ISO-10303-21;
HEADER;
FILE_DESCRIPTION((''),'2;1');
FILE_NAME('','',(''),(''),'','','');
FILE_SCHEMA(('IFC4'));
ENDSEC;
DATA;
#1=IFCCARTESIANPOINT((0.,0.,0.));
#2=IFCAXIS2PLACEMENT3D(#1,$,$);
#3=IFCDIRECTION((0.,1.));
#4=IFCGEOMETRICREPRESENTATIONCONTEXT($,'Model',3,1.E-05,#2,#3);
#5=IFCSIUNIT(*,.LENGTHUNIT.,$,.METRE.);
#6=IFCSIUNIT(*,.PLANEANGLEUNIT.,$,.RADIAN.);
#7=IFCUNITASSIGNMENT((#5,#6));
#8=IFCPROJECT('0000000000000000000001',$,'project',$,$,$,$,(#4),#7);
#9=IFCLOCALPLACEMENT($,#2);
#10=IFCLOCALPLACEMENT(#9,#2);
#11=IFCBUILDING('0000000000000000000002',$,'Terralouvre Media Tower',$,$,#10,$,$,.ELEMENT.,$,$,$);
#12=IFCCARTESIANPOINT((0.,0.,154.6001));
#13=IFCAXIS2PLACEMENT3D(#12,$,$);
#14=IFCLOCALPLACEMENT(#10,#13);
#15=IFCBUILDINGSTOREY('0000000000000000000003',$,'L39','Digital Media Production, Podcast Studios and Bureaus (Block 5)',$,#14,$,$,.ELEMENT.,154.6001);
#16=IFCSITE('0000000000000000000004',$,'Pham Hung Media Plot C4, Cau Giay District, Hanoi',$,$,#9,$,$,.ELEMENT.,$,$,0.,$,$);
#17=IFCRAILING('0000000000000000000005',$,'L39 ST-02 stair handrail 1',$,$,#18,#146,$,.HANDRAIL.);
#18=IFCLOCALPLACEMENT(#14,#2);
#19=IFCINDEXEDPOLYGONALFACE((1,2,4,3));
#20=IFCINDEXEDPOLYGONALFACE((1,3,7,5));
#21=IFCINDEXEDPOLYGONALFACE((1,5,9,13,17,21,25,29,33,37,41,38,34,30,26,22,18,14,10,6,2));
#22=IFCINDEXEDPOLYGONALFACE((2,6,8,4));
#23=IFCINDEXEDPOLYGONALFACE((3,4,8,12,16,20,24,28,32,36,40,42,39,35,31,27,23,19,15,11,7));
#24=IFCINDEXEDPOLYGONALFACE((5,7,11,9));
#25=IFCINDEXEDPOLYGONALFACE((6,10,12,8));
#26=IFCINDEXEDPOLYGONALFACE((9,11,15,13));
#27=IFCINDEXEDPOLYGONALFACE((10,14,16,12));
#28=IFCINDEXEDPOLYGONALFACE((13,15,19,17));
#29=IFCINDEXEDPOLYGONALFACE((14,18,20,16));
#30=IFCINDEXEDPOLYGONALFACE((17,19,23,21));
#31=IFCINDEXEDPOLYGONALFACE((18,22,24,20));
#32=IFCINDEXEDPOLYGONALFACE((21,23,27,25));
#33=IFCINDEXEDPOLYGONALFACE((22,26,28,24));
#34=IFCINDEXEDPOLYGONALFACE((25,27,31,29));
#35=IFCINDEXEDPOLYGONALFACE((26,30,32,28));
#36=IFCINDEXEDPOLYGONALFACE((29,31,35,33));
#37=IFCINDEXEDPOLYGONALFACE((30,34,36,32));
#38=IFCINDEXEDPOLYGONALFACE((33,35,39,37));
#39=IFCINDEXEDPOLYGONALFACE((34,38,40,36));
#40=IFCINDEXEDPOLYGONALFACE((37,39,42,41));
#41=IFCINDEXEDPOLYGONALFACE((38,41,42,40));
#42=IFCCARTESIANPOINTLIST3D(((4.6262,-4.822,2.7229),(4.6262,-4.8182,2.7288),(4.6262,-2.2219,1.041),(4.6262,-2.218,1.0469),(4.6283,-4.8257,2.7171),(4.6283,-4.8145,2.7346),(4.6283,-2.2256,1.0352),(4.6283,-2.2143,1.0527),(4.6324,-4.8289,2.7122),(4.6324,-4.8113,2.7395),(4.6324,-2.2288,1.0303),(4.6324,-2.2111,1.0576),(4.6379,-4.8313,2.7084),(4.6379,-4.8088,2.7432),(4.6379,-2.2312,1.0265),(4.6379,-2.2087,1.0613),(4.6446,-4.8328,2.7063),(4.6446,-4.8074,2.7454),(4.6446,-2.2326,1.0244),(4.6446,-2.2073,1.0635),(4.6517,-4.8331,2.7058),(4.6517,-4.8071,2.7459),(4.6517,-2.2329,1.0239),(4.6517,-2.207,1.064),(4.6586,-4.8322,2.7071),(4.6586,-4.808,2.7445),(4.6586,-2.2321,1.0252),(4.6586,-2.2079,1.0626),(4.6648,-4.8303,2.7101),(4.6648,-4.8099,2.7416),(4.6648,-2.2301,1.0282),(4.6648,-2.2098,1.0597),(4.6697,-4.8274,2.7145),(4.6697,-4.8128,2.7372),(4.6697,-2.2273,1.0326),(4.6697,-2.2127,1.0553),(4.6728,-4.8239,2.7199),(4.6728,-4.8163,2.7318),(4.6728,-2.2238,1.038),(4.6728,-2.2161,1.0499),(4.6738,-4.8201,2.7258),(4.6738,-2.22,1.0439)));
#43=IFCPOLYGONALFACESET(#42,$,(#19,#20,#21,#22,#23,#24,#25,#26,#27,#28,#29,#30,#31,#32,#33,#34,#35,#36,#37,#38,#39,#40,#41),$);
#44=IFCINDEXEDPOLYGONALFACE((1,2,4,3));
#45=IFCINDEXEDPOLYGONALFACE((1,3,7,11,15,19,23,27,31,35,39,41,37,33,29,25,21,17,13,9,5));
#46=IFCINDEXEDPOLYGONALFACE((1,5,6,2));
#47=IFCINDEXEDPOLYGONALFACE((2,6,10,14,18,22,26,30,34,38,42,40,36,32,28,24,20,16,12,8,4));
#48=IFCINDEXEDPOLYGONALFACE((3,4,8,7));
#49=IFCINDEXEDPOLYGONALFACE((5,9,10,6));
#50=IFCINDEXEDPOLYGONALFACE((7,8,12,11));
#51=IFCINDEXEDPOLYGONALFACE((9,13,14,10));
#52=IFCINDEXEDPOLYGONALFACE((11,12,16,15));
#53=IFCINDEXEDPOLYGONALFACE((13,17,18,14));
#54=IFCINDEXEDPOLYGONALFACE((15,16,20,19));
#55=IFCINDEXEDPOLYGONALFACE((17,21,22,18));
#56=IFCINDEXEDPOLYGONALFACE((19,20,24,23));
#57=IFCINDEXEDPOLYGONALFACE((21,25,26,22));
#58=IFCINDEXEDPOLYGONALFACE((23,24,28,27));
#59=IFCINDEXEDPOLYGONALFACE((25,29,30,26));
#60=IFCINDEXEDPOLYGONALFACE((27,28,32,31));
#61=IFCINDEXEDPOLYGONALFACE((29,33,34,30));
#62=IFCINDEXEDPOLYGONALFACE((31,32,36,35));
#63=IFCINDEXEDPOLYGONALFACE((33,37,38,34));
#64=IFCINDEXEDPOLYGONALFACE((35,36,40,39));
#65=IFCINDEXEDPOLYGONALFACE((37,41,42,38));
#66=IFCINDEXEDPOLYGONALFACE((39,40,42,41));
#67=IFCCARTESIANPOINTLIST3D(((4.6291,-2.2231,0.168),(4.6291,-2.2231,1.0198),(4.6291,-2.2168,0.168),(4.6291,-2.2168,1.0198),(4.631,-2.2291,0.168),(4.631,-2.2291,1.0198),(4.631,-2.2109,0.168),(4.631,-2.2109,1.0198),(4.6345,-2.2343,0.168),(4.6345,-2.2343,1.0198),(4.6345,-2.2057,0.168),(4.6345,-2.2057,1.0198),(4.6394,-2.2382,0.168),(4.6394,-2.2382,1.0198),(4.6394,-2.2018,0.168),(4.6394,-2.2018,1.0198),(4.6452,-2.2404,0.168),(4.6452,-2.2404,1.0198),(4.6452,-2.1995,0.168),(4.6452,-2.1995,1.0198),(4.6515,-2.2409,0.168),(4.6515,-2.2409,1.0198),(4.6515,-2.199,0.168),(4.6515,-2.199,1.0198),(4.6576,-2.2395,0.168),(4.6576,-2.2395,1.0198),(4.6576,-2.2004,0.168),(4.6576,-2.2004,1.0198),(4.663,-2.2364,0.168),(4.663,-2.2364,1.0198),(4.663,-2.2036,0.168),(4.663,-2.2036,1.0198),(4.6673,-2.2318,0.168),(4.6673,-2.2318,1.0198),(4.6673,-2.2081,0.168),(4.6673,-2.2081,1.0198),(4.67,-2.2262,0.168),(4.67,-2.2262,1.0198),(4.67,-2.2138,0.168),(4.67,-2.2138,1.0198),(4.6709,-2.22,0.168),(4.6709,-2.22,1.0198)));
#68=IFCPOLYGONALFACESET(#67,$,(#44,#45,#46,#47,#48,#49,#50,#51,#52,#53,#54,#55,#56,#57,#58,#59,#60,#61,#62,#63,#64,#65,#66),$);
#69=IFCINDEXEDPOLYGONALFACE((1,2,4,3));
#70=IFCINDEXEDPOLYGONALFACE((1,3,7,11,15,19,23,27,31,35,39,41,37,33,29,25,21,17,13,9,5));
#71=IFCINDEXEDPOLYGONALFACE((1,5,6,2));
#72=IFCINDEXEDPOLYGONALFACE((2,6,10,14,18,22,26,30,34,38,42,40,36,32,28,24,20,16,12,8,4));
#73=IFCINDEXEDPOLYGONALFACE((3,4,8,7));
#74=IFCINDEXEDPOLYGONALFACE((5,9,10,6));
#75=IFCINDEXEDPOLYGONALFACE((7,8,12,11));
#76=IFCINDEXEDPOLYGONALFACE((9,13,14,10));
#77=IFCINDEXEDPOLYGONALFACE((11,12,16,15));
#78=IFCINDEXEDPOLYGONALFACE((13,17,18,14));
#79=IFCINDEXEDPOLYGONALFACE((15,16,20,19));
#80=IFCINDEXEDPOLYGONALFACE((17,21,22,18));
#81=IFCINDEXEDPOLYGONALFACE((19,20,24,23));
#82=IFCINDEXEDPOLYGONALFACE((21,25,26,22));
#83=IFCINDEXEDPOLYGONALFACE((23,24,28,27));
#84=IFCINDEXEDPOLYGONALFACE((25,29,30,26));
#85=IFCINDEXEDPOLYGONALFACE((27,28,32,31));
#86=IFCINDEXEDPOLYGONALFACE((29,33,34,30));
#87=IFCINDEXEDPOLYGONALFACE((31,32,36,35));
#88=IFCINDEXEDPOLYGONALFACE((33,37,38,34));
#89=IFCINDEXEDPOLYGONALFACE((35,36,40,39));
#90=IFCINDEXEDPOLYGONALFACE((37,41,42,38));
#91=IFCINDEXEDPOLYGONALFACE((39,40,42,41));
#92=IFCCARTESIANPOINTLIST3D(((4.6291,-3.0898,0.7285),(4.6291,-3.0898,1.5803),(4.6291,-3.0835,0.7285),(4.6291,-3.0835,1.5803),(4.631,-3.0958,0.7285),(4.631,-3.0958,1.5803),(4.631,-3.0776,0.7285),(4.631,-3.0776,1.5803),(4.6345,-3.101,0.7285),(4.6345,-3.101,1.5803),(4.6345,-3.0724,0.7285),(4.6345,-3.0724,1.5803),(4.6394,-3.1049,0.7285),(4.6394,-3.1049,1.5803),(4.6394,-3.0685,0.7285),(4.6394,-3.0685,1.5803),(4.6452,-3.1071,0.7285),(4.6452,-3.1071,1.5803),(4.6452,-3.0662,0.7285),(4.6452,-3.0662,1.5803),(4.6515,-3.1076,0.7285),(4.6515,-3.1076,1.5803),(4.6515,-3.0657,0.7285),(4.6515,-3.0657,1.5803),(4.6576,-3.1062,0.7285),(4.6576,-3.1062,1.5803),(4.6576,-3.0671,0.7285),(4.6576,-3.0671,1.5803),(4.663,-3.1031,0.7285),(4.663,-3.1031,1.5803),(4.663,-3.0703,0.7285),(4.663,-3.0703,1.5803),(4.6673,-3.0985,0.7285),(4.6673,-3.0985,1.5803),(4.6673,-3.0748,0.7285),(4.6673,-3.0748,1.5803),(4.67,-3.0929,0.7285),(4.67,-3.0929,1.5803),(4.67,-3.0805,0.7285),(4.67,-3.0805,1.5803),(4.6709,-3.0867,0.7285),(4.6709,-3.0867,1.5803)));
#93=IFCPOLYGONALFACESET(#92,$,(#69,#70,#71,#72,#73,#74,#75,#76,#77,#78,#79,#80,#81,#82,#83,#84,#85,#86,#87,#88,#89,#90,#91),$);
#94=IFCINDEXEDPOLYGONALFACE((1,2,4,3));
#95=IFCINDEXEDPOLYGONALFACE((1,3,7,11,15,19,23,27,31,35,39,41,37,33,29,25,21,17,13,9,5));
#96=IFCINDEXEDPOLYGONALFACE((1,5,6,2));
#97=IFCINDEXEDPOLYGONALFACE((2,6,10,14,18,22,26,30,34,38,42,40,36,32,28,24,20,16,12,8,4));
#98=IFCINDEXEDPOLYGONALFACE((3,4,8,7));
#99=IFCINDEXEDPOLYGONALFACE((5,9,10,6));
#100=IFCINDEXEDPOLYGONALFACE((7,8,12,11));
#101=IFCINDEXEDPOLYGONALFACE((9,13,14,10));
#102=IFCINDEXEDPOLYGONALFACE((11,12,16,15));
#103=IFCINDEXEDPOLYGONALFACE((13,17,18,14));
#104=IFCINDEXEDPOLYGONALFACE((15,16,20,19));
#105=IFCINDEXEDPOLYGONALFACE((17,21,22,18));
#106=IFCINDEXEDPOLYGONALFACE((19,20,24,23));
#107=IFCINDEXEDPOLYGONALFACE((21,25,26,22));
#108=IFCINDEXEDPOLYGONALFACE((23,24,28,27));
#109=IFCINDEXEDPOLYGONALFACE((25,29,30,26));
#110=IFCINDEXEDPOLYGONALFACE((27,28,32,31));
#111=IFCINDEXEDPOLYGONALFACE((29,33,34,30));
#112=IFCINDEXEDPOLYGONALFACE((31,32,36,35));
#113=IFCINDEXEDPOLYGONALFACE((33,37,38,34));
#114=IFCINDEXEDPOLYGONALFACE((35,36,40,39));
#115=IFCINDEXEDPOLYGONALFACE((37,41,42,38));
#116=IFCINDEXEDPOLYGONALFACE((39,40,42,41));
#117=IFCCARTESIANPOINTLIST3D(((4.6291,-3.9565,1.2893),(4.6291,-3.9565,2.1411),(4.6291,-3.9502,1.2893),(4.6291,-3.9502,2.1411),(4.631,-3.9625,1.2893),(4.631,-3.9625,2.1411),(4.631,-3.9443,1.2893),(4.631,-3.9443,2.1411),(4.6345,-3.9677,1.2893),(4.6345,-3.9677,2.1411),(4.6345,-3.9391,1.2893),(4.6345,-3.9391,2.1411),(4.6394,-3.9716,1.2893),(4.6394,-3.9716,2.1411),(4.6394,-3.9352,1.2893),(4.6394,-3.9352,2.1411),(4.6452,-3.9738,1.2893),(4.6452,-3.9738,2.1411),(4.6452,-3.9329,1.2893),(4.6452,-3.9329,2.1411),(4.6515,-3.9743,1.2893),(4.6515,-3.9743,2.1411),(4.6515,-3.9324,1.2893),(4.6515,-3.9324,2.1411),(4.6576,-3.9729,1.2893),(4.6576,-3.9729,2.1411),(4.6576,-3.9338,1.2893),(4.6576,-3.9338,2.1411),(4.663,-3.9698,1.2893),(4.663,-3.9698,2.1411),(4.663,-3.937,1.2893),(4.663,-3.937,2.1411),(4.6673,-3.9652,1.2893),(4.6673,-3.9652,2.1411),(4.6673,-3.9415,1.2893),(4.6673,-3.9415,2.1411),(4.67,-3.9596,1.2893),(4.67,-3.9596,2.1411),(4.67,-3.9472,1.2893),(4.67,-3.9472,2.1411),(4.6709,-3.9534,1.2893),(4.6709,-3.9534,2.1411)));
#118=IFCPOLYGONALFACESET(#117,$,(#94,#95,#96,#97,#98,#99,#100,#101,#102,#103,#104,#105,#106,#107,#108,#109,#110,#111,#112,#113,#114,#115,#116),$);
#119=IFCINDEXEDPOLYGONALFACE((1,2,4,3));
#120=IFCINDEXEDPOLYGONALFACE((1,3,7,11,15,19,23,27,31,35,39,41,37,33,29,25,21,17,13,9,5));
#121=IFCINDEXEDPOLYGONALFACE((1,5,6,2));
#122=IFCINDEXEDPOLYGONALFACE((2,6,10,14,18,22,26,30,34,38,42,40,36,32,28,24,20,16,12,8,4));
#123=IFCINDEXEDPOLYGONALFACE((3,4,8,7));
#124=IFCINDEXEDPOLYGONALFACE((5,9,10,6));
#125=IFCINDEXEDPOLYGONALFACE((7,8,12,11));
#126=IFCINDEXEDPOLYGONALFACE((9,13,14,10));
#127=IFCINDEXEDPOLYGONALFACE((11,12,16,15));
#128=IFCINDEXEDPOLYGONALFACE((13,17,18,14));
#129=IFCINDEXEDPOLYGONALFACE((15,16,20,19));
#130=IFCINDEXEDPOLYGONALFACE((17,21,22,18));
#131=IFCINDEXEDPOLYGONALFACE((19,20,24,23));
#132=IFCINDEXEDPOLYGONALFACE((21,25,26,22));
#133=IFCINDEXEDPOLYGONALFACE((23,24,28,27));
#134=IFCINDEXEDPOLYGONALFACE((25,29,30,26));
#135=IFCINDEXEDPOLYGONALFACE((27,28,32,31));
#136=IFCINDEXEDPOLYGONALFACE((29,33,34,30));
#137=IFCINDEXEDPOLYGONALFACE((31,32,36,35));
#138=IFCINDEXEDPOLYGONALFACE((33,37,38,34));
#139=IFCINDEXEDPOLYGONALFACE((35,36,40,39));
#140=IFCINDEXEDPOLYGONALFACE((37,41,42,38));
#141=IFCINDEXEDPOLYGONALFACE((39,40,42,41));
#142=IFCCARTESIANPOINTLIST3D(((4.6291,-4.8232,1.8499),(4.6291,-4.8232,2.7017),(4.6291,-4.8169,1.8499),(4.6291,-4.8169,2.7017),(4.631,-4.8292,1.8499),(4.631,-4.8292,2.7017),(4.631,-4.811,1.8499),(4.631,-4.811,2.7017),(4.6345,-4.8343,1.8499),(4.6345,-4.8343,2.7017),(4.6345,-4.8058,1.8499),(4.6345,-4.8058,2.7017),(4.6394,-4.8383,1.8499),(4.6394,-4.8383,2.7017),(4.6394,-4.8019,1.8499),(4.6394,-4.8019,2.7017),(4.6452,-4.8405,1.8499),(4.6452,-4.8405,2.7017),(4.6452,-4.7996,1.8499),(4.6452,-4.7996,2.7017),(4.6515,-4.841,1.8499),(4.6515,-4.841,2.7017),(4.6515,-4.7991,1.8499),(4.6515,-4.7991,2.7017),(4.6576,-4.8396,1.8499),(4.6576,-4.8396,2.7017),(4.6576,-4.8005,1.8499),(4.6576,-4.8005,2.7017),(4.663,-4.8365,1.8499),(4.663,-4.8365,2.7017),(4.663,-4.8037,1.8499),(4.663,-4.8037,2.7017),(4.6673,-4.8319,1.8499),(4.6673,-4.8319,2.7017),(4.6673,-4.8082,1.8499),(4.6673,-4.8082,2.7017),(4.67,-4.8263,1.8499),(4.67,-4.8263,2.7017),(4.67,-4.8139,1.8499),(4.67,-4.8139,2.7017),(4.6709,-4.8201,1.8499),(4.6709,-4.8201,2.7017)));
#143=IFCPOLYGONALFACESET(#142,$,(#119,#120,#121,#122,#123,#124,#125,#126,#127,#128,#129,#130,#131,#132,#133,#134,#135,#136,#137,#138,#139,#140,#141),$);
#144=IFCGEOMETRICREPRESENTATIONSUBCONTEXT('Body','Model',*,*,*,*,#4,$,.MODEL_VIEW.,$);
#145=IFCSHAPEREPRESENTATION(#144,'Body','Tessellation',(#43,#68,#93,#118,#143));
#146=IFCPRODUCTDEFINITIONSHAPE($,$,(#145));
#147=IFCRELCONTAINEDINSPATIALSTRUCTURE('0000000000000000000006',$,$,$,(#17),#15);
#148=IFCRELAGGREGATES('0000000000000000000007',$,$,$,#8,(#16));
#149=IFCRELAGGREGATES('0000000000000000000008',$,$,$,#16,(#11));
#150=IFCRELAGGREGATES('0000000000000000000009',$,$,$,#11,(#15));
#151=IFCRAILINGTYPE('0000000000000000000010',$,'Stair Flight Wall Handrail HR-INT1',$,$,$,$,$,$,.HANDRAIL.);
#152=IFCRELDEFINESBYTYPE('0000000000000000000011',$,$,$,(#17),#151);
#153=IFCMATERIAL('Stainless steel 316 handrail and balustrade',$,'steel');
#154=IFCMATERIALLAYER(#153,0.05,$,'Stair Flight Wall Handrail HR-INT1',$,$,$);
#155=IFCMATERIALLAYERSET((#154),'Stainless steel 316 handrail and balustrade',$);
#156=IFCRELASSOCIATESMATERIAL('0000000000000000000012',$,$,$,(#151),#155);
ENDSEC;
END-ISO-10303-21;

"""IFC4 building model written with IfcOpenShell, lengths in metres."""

from ifc_helpers import new_model, si_unit, direction, frame, origin, origin_2d, place, context, subcontext, project, spatial, circle, extrude, material, layer, layer_set, type_object, element, save


model = new_model("IFC4")

# Units and contexts
model_context = context("Model", 3, precision=1e-05, world=origin(), true_north=direction((0.0, 1.0)))
body_context = subcontext(model_context, "Body", "Model", "MODEL_VIEW")
ifc_project = project(units=[si_unit("LENGTHUNIT", "METRE"), si_unit("PLANEANGLEUNIT", "RADIAN")], contexts=[model_context])

# Site, building, storey
site_placement = place(None, origin())
site = spatial("IfcSite", under=ifc_project, at=site_placement, Name="Pham Hung Media Plot C4, Cau Giay District, Hanoi", CompositionType="ELEMENT", RefElevation=0.0)
building_placement = place(site_placement, origin())
building = spatial("IfcBuilding", under=site, at=building_placement, Name="Terralouvre Media Tower", CompositionType="ELEMENT")
storey_placement = place(building_placement, frame((0.0, 0.0, 154.6001)))
storey = spatial("IfcBuildingStorey", under=building, at=storey_placement, Name="L39", Description="Digital Media Production, Podcast Studios and Bureaus (Block 5)", CompositionType="ELEMENT", Elevation=154.6001)

# Railing
ifc_material_1 = material(Name="Stainless steel 316 handrail and balustrade", Category="steel")
ifc_layer_1 = layer(ifc_material_1, 0.05, Name="Stair Flight Wall Handrail HR-INT1")
ifc_layer_set_1 = layer_set([ifc_layer_1], Name="Stainless steel 316 handrail and balustrade")
railing_type_1 = type_object("IfcRailingType", Name="Stair Flight Wall Handrail HR-INT1", PredefinedType="HANDRAIL", material=ifc_layer_set_1)
railing_1_placement = place(storey_placement, frame((4.6499, -2.22, 0.168)))
element("IfcRailing", 1, at=railing_1_placement, inside=storey, type_object=railing_type_1, Name="L39 ST-02 stair handrail 1", PredefinedType="HANDRAIL", context=body_context, shape_type="SweptSolid", body=[
    extrude(circle(Radius=0.0239, at=origin_2d()), frame((0.0, 0.0, 0.876), z_axis=(0.0, -0.839648, 0.54313), x_axis=(1.0, 0.0, 0.0)), (0.0, 0.0, 1.0), 3.0967),
    extrude(circle(Radius=0.021, at=origin_2d()), origin(), (0.0, 0.0, 1.0), 0.8518),
    extrude(circle(Radius=0.021, at=origin_2d()), frame((0.0, -0.8667, 0.5605)), (0.0, 0.0, 1.0), 0.8518),
    extrude(circle(Radius=0.021, at=origin_2d()), frame((0.0, -1.7334, 1.1213)), (0.0, 0.0, 1.0), 0.8518),
    extrude(circle(Radius=0.021, at=origin_2d()), frame((0.0, -2.6001, 1.6819)), (0.0, 0.0, 1.0), 0.8518),
])

save(model, "model.ifc")
